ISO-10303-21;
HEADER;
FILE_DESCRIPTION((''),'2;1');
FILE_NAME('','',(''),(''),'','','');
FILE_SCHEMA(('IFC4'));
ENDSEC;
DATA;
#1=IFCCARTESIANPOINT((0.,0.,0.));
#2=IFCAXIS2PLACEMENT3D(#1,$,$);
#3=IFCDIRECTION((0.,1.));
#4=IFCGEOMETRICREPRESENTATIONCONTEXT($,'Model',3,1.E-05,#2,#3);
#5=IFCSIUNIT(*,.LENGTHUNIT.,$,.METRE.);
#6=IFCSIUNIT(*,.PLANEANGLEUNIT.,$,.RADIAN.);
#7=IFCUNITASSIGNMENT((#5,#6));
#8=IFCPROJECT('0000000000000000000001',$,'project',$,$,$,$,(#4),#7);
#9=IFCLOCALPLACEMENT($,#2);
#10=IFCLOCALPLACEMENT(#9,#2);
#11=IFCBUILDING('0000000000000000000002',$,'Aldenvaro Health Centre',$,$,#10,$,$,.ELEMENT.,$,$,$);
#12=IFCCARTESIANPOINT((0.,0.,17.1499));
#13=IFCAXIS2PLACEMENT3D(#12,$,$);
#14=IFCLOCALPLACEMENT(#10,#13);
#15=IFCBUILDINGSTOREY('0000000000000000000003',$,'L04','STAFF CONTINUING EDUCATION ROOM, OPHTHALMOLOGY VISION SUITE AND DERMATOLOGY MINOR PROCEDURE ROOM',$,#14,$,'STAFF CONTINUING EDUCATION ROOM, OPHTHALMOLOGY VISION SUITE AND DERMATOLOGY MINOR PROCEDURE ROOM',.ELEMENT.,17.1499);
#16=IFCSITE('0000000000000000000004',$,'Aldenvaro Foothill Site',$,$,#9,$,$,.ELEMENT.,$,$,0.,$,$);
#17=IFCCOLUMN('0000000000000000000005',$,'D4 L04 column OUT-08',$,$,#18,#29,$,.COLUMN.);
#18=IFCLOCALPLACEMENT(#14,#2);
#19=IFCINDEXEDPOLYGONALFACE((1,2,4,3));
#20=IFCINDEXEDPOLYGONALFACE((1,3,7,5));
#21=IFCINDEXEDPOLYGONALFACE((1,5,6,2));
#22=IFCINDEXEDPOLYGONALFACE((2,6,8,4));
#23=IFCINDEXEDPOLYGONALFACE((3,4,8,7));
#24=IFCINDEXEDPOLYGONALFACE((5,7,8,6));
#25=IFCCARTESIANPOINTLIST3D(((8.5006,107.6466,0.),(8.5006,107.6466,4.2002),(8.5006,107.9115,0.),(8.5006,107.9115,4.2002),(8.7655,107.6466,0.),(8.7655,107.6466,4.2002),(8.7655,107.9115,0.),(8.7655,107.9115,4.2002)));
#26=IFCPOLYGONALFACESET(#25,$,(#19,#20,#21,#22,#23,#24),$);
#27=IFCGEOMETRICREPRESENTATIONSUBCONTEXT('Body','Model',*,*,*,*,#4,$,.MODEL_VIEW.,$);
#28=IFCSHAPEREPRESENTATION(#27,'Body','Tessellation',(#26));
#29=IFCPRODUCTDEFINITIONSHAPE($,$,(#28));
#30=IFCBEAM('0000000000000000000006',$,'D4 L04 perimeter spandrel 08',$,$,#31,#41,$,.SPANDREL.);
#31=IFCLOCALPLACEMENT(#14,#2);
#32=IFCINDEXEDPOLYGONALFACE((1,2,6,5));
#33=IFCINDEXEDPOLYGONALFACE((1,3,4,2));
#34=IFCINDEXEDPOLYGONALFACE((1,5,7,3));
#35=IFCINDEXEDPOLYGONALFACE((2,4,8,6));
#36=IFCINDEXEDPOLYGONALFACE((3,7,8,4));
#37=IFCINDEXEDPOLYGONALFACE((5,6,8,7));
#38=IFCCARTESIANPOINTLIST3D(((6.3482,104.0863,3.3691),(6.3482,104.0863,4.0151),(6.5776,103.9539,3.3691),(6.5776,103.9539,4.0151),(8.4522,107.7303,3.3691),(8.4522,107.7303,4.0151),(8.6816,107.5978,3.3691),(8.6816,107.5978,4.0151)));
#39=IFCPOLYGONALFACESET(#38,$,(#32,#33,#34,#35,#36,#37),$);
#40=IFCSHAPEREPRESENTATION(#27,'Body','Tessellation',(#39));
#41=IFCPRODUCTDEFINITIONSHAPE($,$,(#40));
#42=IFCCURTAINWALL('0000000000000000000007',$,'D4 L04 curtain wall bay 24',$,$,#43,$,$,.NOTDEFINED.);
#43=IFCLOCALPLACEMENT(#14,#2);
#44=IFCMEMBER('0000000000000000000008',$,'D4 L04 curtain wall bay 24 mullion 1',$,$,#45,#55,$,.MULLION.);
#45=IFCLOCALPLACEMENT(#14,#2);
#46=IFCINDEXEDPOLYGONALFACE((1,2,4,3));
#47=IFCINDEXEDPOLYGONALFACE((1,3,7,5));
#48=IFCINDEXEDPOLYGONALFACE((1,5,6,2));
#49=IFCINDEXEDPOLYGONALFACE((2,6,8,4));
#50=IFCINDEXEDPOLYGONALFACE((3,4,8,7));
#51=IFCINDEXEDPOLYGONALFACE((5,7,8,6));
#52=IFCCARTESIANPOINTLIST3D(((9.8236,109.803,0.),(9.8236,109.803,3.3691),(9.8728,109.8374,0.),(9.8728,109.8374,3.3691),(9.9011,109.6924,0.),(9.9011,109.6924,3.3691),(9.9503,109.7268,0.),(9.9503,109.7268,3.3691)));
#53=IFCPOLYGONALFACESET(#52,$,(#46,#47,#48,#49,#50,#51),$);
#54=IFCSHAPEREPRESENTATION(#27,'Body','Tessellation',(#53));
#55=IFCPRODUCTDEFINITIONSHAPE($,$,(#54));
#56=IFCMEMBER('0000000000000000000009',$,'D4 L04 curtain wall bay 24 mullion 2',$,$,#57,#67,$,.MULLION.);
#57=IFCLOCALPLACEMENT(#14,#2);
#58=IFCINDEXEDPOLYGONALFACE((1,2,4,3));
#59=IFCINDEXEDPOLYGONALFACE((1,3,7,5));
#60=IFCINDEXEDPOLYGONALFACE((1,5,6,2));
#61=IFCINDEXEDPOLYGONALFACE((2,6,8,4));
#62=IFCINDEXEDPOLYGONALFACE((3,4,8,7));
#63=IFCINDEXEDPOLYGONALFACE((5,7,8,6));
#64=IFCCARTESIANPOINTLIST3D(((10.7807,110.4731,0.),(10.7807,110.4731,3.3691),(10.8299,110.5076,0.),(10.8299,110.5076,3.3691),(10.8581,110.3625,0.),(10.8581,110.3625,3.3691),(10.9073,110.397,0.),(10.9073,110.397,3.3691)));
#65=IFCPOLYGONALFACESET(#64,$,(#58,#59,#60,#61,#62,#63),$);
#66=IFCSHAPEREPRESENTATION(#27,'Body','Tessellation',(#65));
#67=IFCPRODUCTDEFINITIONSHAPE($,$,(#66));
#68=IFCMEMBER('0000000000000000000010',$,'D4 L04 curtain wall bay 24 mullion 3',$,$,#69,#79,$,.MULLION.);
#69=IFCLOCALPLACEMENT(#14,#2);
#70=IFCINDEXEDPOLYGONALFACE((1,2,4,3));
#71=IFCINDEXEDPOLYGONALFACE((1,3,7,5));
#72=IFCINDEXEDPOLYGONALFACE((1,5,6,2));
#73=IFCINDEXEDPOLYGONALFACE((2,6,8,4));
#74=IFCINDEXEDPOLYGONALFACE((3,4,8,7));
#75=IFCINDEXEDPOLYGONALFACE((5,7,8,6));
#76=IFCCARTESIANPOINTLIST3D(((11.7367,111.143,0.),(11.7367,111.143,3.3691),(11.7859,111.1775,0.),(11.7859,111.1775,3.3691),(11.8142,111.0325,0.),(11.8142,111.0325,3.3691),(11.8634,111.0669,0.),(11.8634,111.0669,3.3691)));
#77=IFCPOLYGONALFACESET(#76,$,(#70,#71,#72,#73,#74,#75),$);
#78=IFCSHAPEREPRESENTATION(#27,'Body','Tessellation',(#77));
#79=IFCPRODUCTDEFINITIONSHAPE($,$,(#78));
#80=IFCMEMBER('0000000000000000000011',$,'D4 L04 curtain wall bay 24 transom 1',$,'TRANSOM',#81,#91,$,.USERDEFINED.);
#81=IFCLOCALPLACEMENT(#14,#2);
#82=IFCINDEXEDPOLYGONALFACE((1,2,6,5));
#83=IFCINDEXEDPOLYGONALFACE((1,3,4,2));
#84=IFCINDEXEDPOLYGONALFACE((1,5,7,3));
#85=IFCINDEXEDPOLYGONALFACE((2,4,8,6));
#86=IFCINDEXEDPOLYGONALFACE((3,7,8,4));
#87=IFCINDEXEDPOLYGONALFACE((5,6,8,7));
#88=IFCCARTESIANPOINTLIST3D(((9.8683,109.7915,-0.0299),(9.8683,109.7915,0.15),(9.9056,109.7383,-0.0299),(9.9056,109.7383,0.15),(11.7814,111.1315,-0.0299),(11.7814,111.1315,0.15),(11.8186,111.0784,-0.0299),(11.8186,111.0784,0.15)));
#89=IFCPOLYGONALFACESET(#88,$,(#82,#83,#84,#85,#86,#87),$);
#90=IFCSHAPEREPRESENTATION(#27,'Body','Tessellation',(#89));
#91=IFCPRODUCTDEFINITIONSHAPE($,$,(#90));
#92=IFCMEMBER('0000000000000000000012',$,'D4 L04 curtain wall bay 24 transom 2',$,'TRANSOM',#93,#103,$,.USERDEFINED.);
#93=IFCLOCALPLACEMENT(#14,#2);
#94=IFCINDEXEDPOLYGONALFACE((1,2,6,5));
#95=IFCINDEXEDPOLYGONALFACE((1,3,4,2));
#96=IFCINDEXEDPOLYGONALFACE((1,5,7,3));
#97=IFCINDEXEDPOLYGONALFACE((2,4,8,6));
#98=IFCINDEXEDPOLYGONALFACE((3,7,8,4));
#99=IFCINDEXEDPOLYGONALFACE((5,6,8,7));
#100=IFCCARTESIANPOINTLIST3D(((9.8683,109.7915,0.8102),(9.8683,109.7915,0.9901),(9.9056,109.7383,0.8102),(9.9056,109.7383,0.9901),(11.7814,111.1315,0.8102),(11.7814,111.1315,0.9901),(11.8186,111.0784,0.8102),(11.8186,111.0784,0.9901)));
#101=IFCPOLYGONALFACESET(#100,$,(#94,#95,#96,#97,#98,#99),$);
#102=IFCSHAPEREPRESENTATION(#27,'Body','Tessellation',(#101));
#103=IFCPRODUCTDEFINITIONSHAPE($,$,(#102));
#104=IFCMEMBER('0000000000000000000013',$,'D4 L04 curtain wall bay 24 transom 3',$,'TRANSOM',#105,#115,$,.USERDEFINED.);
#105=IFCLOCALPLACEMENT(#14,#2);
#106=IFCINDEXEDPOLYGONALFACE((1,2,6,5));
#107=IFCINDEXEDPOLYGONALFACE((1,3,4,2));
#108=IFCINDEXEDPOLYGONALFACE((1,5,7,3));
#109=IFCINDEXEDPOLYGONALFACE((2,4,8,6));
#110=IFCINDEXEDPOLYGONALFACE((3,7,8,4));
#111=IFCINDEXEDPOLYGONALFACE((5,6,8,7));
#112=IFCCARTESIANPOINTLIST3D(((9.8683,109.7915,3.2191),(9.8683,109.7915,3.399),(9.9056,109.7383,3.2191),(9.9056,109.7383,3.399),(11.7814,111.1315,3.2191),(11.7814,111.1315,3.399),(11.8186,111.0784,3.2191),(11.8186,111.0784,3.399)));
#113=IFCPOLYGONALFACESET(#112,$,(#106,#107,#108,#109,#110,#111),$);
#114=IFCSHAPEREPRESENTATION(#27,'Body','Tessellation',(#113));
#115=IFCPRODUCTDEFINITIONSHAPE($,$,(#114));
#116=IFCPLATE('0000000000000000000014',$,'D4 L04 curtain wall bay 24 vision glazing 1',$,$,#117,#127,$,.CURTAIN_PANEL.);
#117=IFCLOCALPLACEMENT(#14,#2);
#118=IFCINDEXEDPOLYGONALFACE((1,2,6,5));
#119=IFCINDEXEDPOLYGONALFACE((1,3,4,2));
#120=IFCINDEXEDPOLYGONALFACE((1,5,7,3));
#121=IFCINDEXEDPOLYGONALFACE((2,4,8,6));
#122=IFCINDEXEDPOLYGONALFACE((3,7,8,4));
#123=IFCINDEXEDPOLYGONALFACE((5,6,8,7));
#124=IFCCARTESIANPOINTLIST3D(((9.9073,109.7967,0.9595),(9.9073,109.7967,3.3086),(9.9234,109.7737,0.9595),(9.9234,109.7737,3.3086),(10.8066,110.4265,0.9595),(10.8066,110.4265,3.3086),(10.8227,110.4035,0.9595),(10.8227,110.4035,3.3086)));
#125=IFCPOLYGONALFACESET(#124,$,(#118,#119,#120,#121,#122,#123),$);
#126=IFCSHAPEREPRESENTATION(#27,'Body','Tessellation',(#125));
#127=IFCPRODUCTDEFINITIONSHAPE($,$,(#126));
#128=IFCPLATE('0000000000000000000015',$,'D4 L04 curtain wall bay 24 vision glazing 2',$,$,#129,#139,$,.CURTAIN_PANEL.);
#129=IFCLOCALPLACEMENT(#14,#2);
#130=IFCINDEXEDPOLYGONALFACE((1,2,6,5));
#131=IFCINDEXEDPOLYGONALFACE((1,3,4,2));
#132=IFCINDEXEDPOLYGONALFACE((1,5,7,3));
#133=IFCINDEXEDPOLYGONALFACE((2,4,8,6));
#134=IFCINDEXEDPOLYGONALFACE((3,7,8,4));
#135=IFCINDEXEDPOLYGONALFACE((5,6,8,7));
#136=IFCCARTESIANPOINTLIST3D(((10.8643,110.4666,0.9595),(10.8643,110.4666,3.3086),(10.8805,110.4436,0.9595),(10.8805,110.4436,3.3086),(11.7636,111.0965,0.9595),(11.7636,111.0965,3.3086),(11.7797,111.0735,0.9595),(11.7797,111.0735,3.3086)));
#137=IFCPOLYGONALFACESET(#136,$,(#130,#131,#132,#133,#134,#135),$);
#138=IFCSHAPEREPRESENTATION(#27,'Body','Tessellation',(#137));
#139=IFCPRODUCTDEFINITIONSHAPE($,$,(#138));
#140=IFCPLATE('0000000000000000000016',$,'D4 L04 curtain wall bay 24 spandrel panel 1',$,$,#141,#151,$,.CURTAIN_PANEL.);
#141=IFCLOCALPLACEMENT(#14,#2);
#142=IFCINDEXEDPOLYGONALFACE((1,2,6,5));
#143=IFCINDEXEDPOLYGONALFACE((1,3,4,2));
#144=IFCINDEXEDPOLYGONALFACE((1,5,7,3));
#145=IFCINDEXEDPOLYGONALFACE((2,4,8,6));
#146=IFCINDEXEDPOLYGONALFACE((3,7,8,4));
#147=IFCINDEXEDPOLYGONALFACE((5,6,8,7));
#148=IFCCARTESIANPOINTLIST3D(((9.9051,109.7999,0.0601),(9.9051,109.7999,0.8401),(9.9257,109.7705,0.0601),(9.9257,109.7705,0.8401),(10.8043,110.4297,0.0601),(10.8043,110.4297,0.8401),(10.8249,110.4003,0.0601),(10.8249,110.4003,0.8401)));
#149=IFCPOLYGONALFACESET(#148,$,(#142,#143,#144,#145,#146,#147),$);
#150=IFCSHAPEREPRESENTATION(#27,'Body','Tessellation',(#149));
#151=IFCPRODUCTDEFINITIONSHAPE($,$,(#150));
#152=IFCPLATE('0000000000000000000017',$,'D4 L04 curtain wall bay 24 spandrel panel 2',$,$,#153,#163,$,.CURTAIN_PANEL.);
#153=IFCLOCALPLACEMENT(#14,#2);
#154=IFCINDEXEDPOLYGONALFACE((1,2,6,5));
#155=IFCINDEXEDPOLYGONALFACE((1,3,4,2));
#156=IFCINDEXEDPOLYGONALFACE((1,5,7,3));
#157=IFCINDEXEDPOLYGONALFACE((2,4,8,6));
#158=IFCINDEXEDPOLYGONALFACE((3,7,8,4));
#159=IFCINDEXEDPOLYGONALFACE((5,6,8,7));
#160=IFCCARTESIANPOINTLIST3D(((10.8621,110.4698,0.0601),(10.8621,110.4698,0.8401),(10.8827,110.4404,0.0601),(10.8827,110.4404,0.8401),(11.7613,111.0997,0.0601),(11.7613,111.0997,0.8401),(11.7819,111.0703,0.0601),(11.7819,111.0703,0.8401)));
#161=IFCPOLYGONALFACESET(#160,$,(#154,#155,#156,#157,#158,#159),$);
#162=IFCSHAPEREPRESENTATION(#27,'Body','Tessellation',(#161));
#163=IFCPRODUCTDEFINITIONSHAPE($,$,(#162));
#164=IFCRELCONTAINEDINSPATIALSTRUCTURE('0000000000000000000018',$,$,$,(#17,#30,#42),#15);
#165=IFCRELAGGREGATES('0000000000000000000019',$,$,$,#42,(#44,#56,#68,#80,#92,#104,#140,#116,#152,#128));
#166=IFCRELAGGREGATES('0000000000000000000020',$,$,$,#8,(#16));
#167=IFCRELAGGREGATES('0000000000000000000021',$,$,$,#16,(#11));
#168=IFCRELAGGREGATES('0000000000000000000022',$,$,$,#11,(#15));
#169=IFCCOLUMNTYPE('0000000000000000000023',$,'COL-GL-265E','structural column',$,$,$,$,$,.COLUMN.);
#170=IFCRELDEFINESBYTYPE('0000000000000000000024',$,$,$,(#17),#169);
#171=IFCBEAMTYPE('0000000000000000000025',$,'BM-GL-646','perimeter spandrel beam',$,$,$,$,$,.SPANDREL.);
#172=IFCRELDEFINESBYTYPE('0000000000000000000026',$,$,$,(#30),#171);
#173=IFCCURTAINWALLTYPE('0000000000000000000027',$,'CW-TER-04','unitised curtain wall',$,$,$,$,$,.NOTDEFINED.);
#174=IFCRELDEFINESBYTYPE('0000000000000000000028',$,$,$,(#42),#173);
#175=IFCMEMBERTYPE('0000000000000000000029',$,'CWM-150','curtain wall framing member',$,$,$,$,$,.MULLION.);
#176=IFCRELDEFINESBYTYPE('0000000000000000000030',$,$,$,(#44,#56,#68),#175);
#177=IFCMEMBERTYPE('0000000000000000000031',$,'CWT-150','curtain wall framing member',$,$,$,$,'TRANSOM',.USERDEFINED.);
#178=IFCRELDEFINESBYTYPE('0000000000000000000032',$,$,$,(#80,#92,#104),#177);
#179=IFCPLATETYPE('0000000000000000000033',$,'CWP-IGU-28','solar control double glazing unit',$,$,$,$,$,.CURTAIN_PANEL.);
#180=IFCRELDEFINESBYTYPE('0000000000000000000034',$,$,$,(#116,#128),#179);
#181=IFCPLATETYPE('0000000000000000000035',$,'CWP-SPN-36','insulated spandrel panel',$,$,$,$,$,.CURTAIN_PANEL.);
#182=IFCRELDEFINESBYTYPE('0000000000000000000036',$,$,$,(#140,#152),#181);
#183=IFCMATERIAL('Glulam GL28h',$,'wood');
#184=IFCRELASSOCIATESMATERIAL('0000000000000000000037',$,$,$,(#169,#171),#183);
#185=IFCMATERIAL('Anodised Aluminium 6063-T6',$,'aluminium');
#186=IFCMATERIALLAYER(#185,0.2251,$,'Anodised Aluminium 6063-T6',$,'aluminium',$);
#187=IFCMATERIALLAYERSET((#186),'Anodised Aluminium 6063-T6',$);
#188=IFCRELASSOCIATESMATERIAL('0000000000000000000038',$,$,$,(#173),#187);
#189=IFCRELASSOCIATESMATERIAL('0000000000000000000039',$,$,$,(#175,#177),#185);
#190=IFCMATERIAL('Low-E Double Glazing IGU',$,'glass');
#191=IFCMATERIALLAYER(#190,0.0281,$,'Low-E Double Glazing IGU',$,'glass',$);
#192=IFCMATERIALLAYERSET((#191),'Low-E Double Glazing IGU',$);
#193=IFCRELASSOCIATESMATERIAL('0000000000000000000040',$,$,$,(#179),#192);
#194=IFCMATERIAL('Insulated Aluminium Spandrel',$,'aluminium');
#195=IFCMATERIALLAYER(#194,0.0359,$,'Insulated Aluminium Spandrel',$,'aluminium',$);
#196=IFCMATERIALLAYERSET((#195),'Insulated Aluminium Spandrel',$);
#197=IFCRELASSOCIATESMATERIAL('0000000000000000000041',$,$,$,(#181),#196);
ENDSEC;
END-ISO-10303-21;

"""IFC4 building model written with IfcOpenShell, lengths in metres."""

from ifc_helpers import new_model, si_unit, direction, frame, origin, origin_2d, place, context, subcontext, project, spatial, rectangle, extrude, material, layer, layer_set, material_profile, profile_set, type_object, element, aggregate, save


model = new_model("IFC4")

# Units and contexts
model_context = context("Model", 3, precision=1e-05, world=origin(), true_north=direction((0.0, 1.0)))
body_context = subcontext(model_context, "Body", "Model", "MODEL_VIEW")
ifc_project = project(units=[si_unit("LENGTHUNIT", "METRE"), si_unit("PLANEANGLEUNIT", "RADIAN")], contexts=[model_context])

# Site, building, storey
site_placement = place(None, origin())
site = spatial("IfcSite", under=ifc_project, at=site_placement, Name="Aldenvaro Foothill Site", CompositionType="ELEMENT", RefElevation=0.0)
building_placement = place(site_placement, origin())
building = spatial("IfcBuilding", under=site, at=building_placement, Name="Aldenvaro Health Centre", CompositionType="ELEMENT")
storey_placement = place(building_placement, frame((0.0, 0.0, 17.1499)))
storey = spatial("IfcBuildingStorey", under=building, at=storey_placement, Name="L04", Description="STAFF CONTINUING EDUCATION ROOM, OPHTHALMOLOGY VISION SUITE AND DERMATOLOGY MINOR PROCEDURE ROOM", LongName="STAFF CONTINUING EDUCATION ROOM, OPHTHALMOLOGY VISION SUITE AND DERMATOLOGY MINOR PROCEDURE ROOM", CompositionType="ELEMENT", Elevation=17.1499)

# Column
ifc_material_1 = material(Name="Glulam GL28h", Category="wood")
ifc_material_profile_1 = material_profile(ifc_material_1, rectangle(XDim=0.2649, YDim=0.2649, at=origin_2d()), Name="GL 265x265", Category="wood")
ifc_profile_set_1 = profile_set([ifc_material_profile_1], Name="Glulam GL28h")
column_type = type_object("IfcColumnType", Name="COL-GL-265E", Description="structural column", PredefinedType="COLUMN", material=ifc_profile_set_1)
column_placement = place(storey_placement, frame((8.6331, 107.7791, 0.0), z_axis=(0.0, 0.0, 1.0), x_axis=(1.0, 0.0, 0.0)))
element("IfcColumn", 1, at=column_placement, inside=storey, type_object=column_type, Name="D4 L04 column OUT-08", PredefinedType="COLUMN", context=body_context, shape_type="SweptSolid", body=[
    extrude(rectangle(XDim=0.2649, YDim=0.2649, at=origin_2d()), origin(), (0.0, 0.0, 1.0), 4.2002),
])

# Beam
ifc_material_profile_2 = material_profile(ifc_material_1, rectangle(XDim=0.2649, YDim=0.646, at=origin_2d()), Name="GL 265x646", Category="wood")
ifc_profile_set_2 = profile_set([ifc_material_profile_2], Name="Glulam GL28h")
beam_type = type_object("IfcBeamType", Name="BM-GL-646", Description="perimeter spandrel beam", PredefinedType="SPANDREL", material=ifc_profile_set_2)
beam_placement = place(storey_placement, frame((8.5669, 107.6641, 3.6921), z_axis=(-0.50002, -0.866014, 0.0), x_axis=(0.866014, -0.50002, 0.0)))
element("IfcBeam", 2, at=beam_placement, inside=storey, type_object=beam_type, Name="D4 L04 perimeter spandrel 08", PredefinedType="SPANDREL", context=body_context, shape_type="SweptSolid", body=[
    extrude(rectangle(XDim=0.2649, YDim=0.646, at=origin_2d()), origin(), (0.0, 0.0, 1.0), 4.2078),
])

# Curtain wall, members, plates
ifc_material_2 = material(Name="Anodised Aluminium 6063-T6", Category="aluminium")
ifc_layer_1 = layer(ifc_material_2, 0.2251, Name="Anodised Aluminium 6063-T6", Category="aluminium")
ifc_layer_set_1 = layer_set([ifc_layer_1], Name="Anodised Aluminium 6063-T6")
curtain_wall_type = type_object("IfcCurtainWallType", Name="CW-TER-04", Description="unitised curtain wall", PredefinedType="NOTDEFINED", material=ifc_layer_set_1)
curtain_wall_placement = place(storey_placement, origin())
curtain_wall = element("IfcCurtainWall", 3, at=curtain_wall_placement, inside=storey, type_object=curtain_wall_type, Name="D4 L04 curtain wall bay 24", PredefinedType="NOTDEFINED")
ifc_material_profile_3 = material_profile(ifc_material_2, rectangle(XDim=0.0601, YDim=0.135, at=origin_2d()), Name="ALU 60x135", Category="aluminium")
ifc_profile_set_3 = profile_set([ifc_material_profile_3], Name="Anodised Aluminium 6063-T6")
member_type_1 = type_object("IfcMemberType", Name="CWM-150", Description="curtain wall framing member", PredefinedType="MULLION", material=ifc_profile_set_3)
member_1_placement = place(storey_placement, frame((9.887, 109.7649, 0.0), z_axis=(0.0, 0.0, 1.0), x_axis=(0.819051, 0.573721, 0.0)))
member_1 = element("IfcMember", 4, at=member_1_placement, type_object=member_type_1, Name="D4 L04 curtain wall bay 24 mullion 1", PredefinedType="MULLION", context=body_context, shape_type="SweptSolid", body=[
    extrude(rectangle(XDim=0.0601, YDim=0.135, at=origin_2d()), origin(), (0.0, 0.0, 1.0), 3.3691),
])
member_2_placement = place(storey_placement, frame((10.844, 110.4351, 0.0), z_axis=(0.0, 0.0, 1.0), x_axis=(0.819051, 0.573721, 0.0)))
member_2 = element("IfcMember", 5, at=member_2_placement, type_object=member_type_1, Name="D4 L04 curtain wall bay 24 mullion 2", PredefinedType="MULLION", context=body_context, shape_type="SweptSolid", body=[
    extrude(rectangle(XDim=0.0601, YDim=0.135, at=origin_2d()), origin(), (0.0, 0.0, 1.0), 3.3691),
])
member_3_placement = place(storey_placement, frame((11.8, 111.105, 0.0), z_axis=(0.0, 0.0, 1.0), x_axis=(0.819051, 0.573721, 0.0)))
member_3 = element("IfcMember", 6, at=member_3_placement, type_object=member_type_1, Name="D4 L04 curtain wall bay 24 mullion 3", PredefinedType="MULLION", context=body_context, shape_type="SweptSolid", body=[
    extrude(rectangle(XDim=0.0601, YDim=0.135, at=origin_2d()), origin(), (0.0, 0.0, 1.0), 3.3691),
])
ifc_material_profile_4 = material_profile(ifc_material_2, rectangle(XDim=0.0649, YDim=0.1799, at=origin_2d()), Name="ALU 65x180", Category="aluminium")
ifc_profile_set_4 = profile_set([ifc_material_profile_4], Name="Anodised Aluminium 6063-T6")
member_type_2 = type_object("IfcMemberType", Name="CWT-150", Description="curtain wall framing member", ElementType="TRANSOM", PredefinedType="USERDEFINED", material=ifc_profile_set_4)
member_4_placement = place(storey_placement, frame((9.887, 109.7649, 0.0601), z_axis=(0.819045, 0.573729, 0.0), x_axis=(-0.573729, 0.819045, 0.0)))
member_4 = element("IfcMember", 7, at=member_4_placement, type_object=member_type_2, Name="D4 L04 curtain wall bay 24 transom 1", ObjectType="TRANSOM", PredefinedType="USERDEFINED", context=body_context, shape_type="SweptSolid", body=[
    extrude(rectangle(XDim=0.0649, YDim=0.1799, at=origin_2d()), origin(), (0.0, 0.0, 1.0), 2.3357),
])
member_5_placement = place(storey_placement, frame((9.887, 109.7649, 0.9001), z_axis=(0.819045, 0.573729, 0.0), x_axis=(-0.573729, 0.819045, 0.0)))
member_5 = element("IfcMember", 8, at=member_5_placement, type_object=member_type_2, Name="D4 L04 curtain wall bay 24 transom 2", ObjectType="TRANSOM", PredefinedType="USERDEFINED", context=body_context, shape_type="SweptSolid", body=[
    extrude(rectangle(XDim=0.0649, YDim=0.1799, at=origin_2d()), origin(), (0.0, 0.0, 1.0), 2.3357),
])
member_6_placement = place(storey_placement, frame((9.887, 109.7649, 3.3091), z_axis=(0.819045, 0.573729, 0.0), x_axis=(-0.573729, 0.819045, 0.0)))
member_6 = element("IfcMember", 9, at=member_6_placement, type_object=member_type_2, Name="D4 L04 curtain wall bay 24 transom 3", ObjectType="TRANSOM", PredefinedType="USERDEFINED", context=body_context, shape_type="SweptSolid", body=[
    extrude(rectangle(XDim=0.0649, YDim=0.1799, at=origin_2d()), origin(), (0.0, 0.0, 1.0), 2.3357),
])
ifc_material_3 = material(Name="Low-E Double Glazing IGU", Category="glass")
ifc_layer_2 = layer(ifc_material_3, 0.0281, Name="Low-E Double Glazing IGU", Category="glass")
ifc_layer_set_2 = layer_set([ifc_layer_2], Name="Low-E Double Glazing IGU")
plate_type_1 = type_object("IfcPlateType", Name="CWP-IGU-28", Description="solar control double glazing unit", PredefinedType="CURTAIN_PANEL", material=ifc_layer_set_2)
plate_1_placement = place(storey_placement, frame((10.365, 110.1001, 0.9595), z_axis=(0.0, 0.0, 1.0), x_axis=(0.819051, 0.573721, 0.0)))
plate_1 = element("IfcPlate", 10, at=plate_1_placement, type_object=plate_type_1, Name="D4 L04 curtain wall bay 24 vision glazing 1", PredefinedType="CURTAIN_PANEL", context=body_context, shape_type="SweptSolid", body=[
    extrude(rectangle(XDim=1.0979, YDim=0.0281, at=origin_2d()), origin(), (0.0, 0.0, 1.0), 2.3491),
])
plate_2_placement = place(storey_placement, frame((11.322, 110.77, 0.9595), z_axis=(0.0, 0.0, 1.0), x_axis=(0.819051, 0.573721, 0.0)))
plate_2 = element("IfcPlate", 11, at=plate_2_placement, type_object=plate_type_1, Name="D4 L04 curtain wall bay 24 vision glazing 2", PredefinedType="CURTAIN_PANEL", context=body_context, shape_type="SweptSolid", body=[
    extrude(rectangle(XDim=1.0979, YDim=0.0281, at=origin_2d()), origin(), (0.0, 0.0, 1.0), 2.3491),
])
ifc_material_4 = material(Name="Insulated Aluminium Spandrel", Category="aluminium")
ifc_layer_3 = layer(ifc_material_4, 0.0359, Name="Insulated Aluminium Spandrel", Category="aluminium")
ifc_layer_set_3 = layer_set([ifc_layer_3], Name="Insulated Aluminium Spandrel")
plate_type_2 = type_object("IfcPlateType", Name="CWP-SPN-36", Description="insulated spandrel panel", PredefinedType="CURTAIN_PANEL", material=ifc_layer_set_3)
plate_3_placement = place(storey_placement, frame((10.365, 110.1001, 0.0601), z_axis=(0.0, 0.0, 1.0), x_axis=(0.819051, 0.573721, 0.0)))
plate_3 = element("IfcPlate", 12, at=plate_3_placement, type_object=plate_type_2, Name="D4 L04 curtain wall bay 24 spandrel panel 1", PredefinedType="CURTAIN_PANEL", context=body_context, shape_type="SweptSolid", body=[
    extrude(rectangle(XDim=1.0979, YDim=0.0359, at=origin_2d()), origin(), (0.0, 0.0, 1.0), 0.78),
])
plate_4_placement = place(storey_placement, frame((11.322, 110.77, 0.0601), z_axis=(0.0, 0.0, 1.0), x_axis=(0.819051, 0.573721, 0.0)))
plate_4 = element("IfcPlate", 13, at=plate_4_placement, type_object=plate_type_2, Name="D4 L04 curtain wall bay 24 spandrel panel 2", PredefinedType="CURTAIN_PANEL", context=body_context, shape_type="SweptSolid", body=[
    extrude(rectangle(XDim=1.0979, YDim=0.0359, at=origin_2d()), origin(), (0.0, 0.0, 1.0), 0.78),
])
aggregate(curtain_wall, [member_1, member_2, member_3, member_4, member_5, member_6, plate_3, plate_1, plate_4, plate_2])

save(model, "model.ifc")
